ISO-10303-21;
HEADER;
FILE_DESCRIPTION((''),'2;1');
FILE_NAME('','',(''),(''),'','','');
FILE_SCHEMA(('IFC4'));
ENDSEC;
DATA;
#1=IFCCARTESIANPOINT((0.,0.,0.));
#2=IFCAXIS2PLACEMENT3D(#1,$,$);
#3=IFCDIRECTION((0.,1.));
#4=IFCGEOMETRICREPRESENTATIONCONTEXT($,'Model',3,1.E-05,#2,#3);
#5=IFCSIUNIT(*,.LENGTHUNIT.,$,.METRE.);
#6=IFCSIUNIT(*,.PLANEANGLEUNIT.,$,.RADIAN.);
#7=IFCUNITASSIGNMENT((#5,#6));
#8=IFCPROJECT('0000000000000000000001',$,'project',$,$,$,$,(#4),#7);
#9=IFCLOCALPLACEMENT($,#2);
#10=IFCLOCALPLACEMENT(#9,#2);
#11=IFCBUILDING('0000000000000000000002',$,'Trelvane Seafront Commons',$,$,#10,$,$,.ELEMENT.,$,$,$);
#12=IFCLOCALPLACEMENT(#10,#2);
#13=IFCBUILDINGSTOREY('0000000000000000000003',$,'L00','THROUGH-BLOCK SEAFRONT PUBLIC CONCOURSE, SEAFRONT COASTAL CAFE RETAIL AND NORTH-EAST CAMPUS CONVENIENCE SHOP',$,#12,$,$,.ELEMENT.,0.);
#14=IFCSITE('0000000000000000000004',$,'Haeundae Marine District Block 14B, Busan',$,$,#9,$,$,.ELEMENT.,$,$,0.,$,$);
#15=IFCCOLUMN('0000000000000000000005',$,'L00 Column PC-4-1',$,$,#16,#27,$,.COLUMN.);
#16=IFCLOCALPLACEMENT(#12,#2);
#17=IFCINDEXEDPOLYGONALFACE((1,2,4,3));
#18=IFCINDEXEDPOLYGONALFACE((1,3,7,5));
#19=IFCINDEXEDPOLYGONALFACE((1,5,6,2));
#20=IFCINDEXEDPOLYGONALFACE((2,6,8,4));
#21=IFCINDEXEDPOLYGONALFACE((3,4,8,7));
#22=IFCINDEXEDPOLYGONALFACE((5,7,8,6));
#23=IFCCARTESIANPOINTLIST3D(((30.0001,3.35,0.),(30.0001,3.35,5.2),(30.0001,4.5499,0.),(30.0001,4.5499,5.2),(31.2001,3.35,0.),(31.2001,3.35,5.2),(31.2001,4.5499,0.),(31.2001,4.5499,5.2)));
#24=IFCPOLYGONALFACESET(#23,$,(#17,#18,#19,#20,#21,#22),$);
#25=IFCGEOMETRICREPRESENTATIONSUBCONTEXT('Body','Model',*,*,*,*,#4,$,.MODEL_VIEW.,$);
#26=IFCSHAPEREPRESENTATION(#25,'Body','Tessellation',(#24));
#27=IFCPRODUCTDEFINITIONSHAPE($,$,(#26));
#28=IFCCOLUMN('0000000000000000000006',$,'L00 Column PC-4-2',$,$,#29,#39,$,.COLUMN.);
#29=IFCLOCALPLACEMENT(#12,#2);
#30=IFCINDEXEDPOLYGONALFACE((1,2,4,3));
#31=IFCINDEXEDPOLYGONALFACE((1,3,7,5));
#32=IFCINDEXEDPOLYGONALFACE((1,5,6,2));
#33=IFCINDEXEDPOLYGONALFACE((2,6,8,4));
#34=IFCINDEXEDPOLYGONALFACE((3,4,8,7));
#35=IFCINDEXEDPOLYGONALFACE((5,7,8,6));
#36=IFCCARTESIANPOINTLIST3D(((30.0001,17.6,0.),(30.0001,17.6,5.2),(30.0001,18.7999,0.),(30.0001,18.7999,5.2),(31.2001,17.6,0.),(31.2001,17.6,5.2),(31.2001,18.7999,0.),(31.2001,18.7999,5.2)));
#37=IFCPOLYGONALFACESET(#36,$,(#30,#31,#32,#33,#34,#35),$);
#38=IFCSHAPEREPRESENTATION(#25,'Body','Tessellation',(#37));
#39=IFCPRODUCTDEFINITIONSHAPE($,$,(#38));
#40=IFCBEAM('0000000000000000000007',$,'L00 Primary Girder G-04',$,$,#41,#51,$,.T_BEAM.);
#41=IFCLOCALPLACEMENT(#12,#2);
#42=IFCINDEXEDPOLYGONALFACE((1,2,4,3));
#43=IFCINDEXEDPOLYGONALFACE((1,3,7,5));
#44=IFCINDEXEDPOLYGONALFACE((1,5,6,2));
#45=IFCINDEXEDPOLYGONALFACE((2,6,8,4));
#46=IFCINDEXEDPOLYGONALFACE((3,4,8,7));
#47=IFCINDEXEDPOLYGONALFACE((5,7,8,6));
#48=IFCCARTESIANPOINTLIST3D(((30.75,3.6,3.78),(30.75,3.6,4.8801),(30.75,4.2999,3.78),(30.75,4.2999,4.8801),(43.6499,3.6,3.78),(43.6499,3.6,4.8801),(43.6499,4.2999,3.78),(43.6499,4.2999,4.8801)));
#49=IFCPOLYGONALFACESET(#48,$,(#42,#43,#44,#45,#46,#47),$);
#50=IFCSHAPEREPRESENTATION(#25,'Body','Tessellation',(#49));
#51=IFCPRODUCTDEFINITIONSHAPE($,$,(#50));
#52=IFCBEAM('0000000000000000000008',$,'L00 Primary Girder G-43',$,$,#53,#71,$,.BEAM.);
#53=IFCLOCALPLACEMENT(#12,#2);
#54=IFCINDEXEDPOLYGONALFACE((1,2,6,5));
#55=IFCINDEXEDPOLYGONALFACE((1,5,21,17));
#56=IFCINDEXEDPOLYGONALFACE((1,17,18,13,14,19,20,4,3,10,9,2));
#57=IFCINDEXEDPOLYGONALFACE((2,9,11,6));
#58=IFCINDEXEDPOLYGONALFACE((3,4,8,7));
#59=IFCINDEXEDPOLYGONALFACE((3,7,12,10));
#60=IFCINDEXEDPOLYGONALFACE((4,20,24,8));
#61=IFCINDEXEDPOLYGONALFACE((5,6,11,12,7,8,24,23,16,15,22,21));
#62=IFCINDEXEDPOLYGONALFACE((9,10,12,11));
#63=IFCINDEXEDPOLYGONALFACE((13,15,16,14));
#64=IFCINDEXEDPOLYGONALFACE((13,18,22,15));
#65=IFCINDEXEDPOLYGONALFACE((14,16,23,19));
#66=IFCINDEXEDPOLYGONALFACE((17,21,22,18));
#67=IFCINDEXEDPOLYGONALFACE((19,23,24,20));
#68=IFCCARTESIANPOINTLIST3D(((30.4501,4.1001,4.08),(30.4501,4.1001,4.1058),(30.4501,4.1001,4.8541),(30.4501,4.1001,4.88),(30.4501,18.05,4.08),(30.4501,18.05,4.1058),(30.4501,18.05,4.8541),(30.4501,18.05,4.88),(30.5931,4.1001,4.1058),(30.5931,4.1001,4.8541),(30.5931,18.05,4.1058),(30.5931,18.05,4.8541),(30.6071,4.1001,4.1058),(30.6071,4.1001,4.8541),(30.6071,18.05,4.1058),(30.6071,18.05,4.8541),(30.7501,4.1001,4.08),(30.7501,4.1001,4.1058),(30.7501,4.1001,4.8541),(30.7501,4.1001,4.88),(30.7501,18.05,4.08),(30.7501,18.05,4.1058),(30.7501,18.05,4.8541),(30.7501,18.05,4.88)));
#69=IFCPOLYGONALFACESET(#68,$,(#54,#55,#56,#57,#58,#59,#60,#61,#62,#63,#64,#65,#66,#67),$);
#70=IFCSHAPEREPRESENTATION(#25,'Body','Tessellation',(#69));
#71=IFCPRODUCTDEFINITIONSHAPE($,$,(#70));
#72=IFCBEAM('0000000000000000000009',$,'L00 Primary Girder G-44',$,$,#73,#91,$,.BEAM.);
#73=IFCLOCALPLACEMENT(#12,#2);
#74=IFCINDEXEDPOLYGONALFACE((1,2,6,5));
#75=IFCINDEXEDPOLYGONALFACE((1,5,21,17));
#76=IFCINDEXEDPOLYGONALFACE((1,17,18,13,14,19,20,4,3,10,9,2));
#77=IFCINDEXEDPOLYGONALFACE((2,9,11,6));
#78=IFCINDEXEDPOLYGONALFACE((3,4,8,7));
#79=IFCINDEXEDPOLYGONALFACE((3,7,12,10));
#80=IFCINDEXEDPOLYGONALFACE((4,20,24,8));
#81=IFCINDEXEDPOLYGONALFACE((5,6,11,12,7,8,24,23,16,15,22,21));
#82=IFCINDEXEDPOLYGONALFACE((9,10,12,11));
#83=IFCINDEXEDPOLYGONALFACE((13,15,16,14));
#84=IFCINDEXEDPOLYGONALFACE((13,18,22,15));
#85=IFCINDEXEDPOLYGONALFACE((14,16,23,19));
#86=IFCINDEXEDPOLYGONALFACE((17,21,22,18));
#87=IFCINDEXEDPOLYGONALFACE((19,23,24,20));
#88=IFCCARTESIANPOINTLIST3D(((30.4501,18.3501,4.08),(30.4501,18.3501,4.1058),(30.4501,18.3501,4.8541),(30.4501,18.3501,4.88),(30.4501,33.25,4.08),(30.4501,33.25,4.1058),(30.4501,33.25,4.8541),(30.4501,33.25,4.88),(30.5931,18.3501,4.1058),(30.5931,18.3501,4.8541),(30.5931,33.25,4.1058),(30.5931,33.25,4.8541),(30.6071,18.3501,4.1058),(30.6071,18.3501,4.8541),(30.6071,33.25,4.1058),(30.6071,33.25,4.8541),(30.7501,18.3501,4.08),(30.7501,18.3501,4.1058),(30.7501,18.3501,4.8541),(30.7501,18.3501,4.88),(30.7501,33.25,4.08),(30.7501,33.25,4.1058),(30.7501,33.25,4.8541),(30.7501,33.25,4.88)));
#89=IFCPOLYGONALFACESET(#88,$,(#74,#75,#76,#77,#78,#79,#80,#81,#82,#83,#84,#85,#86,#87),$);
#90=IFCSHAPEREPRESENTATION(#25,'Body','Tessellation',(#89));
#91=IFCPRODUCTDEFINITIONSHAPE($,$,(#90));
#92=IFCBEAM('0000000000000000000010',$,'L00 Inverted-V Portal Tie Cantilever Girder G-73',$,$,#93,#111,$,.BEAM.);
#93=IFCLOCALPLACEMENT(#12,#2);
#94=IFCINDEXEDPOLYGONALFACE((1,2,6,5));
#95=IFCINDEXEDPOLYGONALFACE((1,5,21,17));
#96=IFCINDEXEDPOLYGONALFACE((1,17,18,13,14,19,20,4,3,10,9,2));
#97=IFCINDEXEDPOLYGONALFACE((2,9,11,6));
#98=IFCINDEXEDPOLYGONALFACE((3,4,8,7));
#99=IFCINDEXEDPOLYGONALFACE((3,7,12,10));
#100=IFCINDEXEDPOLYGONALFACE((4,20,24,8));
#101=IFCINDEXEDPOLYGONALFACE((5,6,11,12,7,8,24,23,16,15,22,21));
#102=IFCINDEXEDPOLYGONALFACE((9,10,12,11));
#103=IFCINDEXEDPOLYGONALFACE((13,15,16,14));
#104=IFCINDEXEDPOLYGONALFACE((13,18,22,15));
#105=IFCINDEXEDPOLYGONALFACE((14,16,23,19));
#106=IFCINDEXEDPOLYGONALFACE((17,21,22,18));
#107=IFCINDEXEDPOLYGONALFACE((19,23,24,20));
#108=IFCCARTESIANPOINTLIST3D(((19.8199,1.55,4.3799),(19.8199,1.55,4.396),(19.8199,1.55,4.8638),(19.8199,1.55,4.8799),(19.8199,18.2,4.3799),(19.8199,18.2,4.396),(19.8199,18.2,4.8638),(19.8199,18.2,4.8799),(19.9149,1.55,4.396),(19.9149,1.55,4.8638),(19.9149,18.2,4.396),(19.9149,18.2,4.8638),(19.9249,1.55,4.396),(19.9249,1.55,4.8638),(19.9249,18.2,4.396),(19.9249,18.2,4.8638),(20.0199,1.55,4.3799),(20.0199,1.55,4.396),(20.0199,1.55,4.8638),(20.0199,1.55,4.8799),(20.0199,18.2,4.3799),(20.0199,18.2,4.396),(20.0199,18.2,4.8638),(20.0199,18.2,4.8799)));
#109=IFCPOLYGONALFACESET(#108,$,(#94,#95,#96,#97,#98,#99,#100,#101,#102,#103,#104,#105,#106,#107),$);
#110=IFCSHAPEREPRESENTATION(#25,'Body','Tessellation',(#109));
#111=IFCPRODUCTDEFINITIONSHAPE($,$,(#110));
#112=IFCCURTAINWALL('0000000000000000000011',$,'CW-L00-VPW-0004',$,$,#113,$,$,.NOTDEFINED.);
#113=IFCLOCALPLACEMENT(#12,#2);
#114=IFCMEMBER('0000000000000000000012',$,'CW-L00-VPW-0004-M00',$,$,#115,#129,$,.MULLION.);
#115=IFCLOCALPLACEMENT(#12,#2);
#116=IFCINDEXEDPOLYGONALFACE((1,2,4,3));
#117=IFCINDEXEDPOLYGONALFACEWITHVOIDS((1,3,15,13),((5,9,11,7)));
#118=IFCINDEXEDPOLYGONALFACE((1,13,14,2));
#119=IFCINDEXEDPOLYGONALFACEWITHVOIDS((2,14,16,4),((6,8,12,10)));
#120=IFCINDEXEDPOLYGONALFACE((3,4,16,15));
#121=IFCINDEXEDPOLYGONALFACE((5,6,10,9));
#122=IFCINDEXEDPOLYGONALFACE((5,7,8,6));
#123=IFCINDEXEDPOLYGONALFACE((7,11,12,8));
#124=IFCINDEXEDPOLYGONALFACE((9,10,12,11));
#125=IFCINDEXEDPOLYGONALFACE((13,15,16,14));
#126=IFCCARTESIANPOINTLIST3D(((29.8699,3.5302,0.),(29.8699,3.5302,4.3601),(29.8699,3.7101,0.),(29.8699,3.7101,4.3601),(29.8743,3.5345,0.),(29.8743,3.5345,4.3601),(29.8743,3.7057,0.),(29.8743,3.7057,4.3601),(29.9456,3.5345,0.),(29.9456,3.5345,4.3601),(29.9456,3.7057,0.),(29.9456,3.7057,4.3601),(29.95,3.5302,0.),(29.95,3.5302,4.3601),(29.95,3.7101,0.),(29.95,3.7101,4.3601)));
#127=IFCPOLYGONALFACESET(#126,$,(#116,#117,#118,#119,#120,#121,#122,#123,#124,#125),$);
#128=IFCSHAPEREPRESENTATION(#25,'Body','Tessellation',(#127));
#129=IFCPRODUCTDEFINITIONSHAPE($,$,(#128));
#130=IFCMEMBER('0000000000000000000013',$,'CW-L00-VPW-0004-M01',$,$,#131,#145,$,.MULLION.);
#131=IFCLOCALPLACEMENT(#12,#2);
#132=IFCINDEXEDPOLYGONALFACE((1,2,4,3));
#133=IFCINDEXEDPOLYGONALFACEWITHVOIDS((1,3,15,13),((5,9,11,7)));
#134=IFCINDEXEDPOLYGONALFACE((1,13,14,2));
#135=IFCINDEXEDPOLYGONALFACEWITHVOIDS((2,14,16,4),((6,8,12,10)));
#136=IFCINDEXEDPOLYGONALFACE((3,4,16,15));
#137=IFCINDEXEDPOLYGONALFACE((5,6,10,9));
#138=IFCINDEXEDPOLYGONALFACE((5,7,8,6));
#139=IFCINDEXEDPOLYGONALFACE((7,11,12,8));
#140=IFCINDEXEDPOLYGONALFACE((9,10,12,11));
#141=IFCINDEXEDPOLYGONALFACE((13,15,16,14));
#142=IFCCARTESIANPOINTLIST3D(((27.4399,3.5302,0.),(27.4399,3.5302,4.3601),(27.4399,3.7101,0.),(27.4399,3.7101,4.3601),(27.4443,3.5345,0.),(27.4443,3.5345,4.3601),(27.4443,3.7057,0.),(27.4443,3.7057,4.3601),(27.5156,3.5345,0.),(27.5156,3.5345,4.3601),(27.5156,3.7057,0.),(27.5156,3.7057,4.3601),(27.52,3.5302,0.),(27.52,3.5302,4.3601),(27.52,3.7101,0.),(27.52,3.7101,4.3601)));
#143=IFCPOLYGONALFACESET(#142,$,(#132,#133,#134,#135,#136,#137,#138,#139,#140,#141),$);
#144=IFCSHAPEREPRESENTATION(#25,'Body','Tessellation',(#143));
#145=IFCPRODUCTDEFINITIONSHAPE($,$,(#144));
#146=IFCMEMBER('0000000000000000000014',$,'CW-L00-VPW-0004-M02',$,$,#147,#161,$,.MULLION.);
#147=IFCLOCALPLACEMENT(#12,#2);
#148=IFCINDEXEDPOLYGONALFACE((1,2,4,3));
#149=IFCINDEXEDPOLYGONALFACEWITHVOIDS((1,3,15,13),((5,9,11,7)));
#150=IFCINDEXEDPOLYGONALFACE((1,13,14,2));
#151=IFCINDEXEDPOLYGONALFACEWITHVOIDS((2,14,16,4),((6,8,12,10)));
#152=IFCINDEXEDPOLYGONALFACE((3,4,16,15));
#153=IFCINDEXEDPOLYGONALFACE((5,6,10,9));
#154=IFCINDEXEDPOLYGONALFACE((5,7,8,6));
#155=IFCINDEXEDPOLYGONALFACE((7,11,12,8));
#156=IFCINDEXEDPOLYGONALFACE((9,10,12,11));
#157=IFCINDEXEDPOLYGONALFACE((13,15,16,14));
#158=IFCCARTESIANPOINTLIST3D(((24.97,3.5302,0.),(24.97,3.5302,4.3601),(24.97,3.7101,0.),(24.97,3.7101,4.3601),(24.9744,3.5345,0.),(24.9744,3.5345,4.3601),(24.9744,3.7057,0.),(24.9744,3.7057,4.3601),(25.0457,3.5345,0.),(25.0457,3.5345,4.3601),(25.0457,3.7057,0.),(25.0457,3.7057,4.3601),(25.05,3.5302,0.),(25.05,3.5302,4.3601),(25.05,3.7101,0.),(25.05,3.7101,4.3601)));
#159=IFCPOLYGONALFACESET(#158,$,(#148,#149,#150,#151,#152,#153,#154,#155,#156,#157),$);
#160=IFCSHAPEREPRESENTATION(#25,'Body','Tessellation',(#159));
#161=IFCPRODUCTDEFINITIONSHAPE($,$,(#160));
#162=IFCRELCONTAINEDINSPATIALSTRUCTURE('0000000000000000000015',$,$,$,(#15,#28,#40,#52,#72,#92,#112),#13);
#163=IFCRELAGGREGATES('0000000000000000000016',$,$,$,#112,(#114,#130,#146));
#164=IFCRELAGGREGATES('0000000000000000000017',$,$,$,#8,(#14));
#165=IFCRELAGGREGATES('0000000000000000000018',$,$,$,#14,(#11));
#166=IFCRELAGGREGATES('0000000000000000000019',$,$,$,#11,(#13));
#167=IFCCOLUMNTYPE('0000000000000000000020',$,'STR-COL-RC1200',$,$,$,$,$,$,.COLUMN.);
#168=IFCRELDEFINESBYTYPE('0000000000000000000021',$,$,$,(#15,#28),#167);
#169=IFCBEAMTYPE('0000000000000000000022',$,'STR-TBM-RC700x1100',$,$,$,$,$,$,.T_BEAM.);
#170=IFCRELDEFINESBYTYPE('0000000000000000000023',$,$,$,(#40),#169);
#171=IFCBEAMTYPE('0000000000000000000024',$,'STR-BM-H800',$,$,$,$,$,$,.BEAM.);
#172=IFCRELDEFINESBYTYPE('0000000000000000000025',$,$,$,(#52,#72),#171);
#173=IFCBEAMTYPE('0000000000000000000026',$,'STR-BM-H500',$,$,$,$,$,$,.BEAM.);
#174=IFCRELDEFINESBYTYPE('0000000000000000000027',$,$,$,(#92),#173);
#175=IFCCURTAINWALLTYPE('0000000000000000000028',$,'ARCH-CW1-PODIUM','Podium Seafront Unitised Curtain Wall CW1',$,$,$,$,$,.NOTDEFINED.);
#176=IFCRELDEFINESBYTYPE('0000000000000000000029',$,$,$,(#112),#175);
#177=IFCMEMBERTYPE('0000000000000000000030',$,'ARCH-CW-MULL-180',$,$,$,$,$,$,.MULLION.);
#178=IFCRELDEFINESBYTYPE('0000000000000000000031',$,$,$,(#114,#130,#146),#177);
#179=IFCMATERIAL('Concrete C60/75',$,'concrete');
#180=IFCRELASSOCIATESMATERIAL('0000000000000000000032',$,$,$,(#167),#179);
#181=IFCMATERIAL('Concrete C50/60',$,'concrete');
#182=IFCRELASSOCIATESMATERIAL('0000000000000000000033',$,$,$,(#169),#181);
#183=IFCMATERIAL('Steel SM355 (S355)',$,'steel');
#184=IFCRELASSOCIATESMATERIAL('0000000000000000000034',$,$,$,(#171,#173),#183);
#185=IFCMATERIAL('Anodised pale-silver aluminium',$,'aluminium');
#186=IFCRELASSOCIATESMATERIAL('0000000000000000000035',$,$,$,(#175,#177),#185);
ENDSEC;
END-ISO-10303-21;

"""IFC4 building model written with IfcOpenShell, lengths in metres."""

from ifc_helpers import new_model, si_unit, direction, frame, origin, origin_2d, place, context, subcontext, project, spatial, rectangle, hollow_rectangle, i_section, extrude, source, transform, mapped, material, material_profile, profile_set, type_object, element, aggregate, save


model = new_model("IFC4")

# Units and contexts
model_context = context("Model", 3, precision=1e-05, world=origin(), true_north=direction((0.0, 1.0)))
body_context = subcontext(model_context, "Body", "Model", "MODEL_VIEW")
ifc_project = project(units=[si_unit("LENGTHUNIT", "METRE"), si_unit("PLANEANGLEUNIT", "RADIAN")], contexts=[model_context])

# Site, building, storey
site_placement = place(None, origin())
site = spatial("IfcSite", under=ifc_project, at=site_placement, Name="Haeundae Marine District Block 14B, Busan", CompositionType="ELEMENT", RefElevation=0.0)
building_placement = place(site_placement, origin())
building = spatial("IfcBuilding", under=site, at=building_placement, Name="Trelvane Seafront Commons", CompositionType="ELEMENT")
storey_placement = place(building_placement, origin())
storey = spatial("IfcBuildingStorey", under=building, at=storey_placement, Name="L00", Description="THROUGH-BLOCK SEAFRONT PUBLIC CONCOURSE, SEAFRONT COASTAL CAFE RETAIL AND NORTH-EAST CAMPUS CONVENIENCE SHOP", CompositionType="ELEMENT", Elevation=0.0)

# Columns
ifc_material_1 = material(Name="Concrete C60/75", Category="concrete")
ifc_material_profile_1 = material_profile(ifc_material_1, rectangle(XDim=1.2, YDim=1.2, at=origin_2d()), Name="RC-1200x1200")
ifc_profile_set_1 = profile_set([ifc_material_profile_1], Name="Concrete C60/75")
column_type = type_object("IfcColumnType", Name="STR-COL-RC1200", PredefinedType="COLUMN", material=ifc_profile_set_1)
shared_shape_1 = source(origin(), body_context, "Body", "SweptSolid", [
    extrude(rectangle(XDim=1.2, YDim=1.2, at=origin_2d()), origin(), (0.0, 0.0, 1.0), 5.2),
])
for number, where, z_axis, x_axis, name in (
    (1, (30.6001, 3.95, 0.0), (0.0, 0.0, 1.0), (1.0, 0.0, 0.0), "L00 Column PC-4-1"),
    (2, (30.6001, 18.2, 0.0), (0.0, 0.0, 1.0), (1.0, 0.0, 0.0), "L00 Column PC-4-2"),
):
    element("IfcColumn", number, at=place(storey_placement, frame(where, z_axis=z_axis, x_axis=x_axis)), inside=storey, type_object=column_type, Name=name, PredefinedType="COLUMN", context=body_context, shape_type="MappedRepresentation", body=[
        mapped(shared_shape_1, transform((0.0, 0.0, 0.0), x_axis=(1.0, 0.0, 0.0), y_axis=(0.0, 1.0, 0.0), z_axis=(0.0, 0.0, 1.0), scale=1.0)),
    ])

# Beams
ifc_material_2 = material(Name="Concrete C50/60", Category="concrete")
ifc_material_profile_2 = material_profile(ifc_material_2, rectangle(XDim=0.7, YDim=1.1001, at=origin_2d()), Name="RC-700x1100")
ifc_profile_set_2 = profile_set([ifc_material_profile_2], Name="Concrete C50/60")
beam_type_1 = type_object("IfcBeamType", Name="STR-TBM-RC700x1100", PredefinedType="T_BEAM", material=ifc_profile_set_2)
shared_shape_2 = source(origin(), body_context, "Body", "SweptSolid", [
    extrude(rectangle(XDim=0.7, YDim=1.1001, at=origin_2d()), origin(), (0.0, 0.0, 1.0), 12.8999),
])
beam_1_placement = place(storey_placement, frame((30.75, 3.95, 4.3301), z_axis=(1.0, 0.0, 0.0), x_axis=(0.0, 1.0, 0.0)))
element("IfcBeam", 3, at=beam_1_placement, inside=storey, type_object=beam_type_1, Name="L00 Primary Girder G-04", PredefinedType="T_BEAM", context=body_context, shape_type="MappedRepresentation", body=[
    mapped(shared_shape_2, transform((0.0, 0.0, 0.0), x_axis=(1.0, 0.0, 0.0), y_axis=(0.0, 1.0, 0.0), z_axis=(0.0, 0.0, 1.0), scale=1.0)),
])
ifc_material_3 = material(Name="Steel SM355 (S355)", Category="steel")
ifc_material_profile_3 = material_profile(ifc_material_3, i_section(OverallWidth=0.3, OverallDepth=0.8, WebThickness=0.0139, FlangeThickness=0.0259, at=origin_2d()), Name="H-800x300x14x26")
ifc_profile_set_3 = profile_set([ifc_material_profile_3], Name="Steel SM355 (S355)")
beam_type_2 = type_object("IfcBeamType", Name="STR-BM-H800", PredefinedType="BEAM", material=ifc_profile_set_3)
shared_shape_3 = source(origin(), body_context, "Body", "SweptSolid", [
    extrude(i_section(OverallWidth=0.3, OverallDepth=0.8, WebThickness=0.0139, FlangeThickness=0.0259, at=origin_2d()), origin(), (0.0, 0.0, 1.0), 13.95),
])
beam_2_placement = place(storey_placement, frame((30.6001, 4.1001, 4.48), z_axis=(0.0, 1.0, 0.0), x_axis=(-1.0, 0.0, 0.0)))
element("IfcBeam", 4, at=beam_2_placement, inside=storey, type_object=beam_type_2, Name="L00 Primary Girder G-43", PredefinedType="BEAM", context=body_context, shape_type="MappedRepresentation", body=[
    mapped(shared_shape_3, transform((0.0, 0.0, 0.0), x_axis=(1.0, 0.0, 0.0), y_axis=(0.0, 1.0, 0.0), z_axis=(0.0, 0.0, 1.0), scale=1.0)),
])
shared_shape_4 = source(origin(), body_context, "Body", "SweptSolid", [
    extrude(i_section(OverallWidth=0.3, OverallDepth=0.8, WebThickness=0.0139, FlangeThickness=0.0259, at=origin_2d()), origin(), (0.0, 0.0, 1.0), 14.8999),
])
beam_3_placement = place(storey_placement, frame((30.6001, 18.3501, 4.48), z_axis=(0.0, 1.0, 0.0), x_axis=(-1.0, 0.0, 0.0)))
element("IfcBeam", 5, at=beam_3_placement, inside=storey, type_object=beam_type_2, Name="L00 Primary Girder G-44", PredefinedType="BEAM", context=body_context, shape_type="MappedRepresentation", body=[
    mapped(shared_shape_4, transform((0.0, 0.0, 0.0), x_axis=(1.0, 0.0, 0.0), y_axis=(0.0, 1.0, 0.0), z_axis=(0.0, 0.0, 1.0), scale=1.0)),
])
ifc_material_profile_4 = material_profile(ifc_material_3, i_section(OverallWidth=0.2, OverallDepth=0.5, WebThickness=0.01, FlangeThickness=0.0161, at=origin_2d()), Name="H-500x200x10x16")
ifc_profile_set_4 = profile_set([ifc_material_profile_4], Name="Steel SM355 (S355)")
beam_type_3 = type_object("IfcBeamType", Name="STR-BM-H500", PredefinedType="BEAM", material=ifc_profile_set_4)
shared_shape_5 = source(origin(), body_context, "Body", "SweptSolid", [
    extrude(i_section(OverallWidth=0.2, OverallDepth=0.5, WebThickness=0.01, FlangeThickness=0.0161, at=origin_2d()), origin(), (0.0, 0.0, 1.0), 16.6499),
])
beam_4_placement = place(storey_placement, frame((19.9199, 18.2, 4.6299), z_axis=(0.0, -1.0, 0.0), x_axis=(1.0, 0.0, 0.0)))
element("IfcBeam", 6, at=beam_4_placement, inside=storey, type_object=beam_type_3, Name="L00 Inverted-V Portal Tie Cantilever Girder G-73", PredefinedType="BEAM", context=body_context, shape_type="MappedRepresentation", body=[
    mapped(shared_shape_5, transform((0.0, 0.0, 0.0), x_axis=(1.0, 0.0, 0.0), y_axis=(0.0, 1.0, 0.0), z_axis=(0.0, 0.0, 1.0), scale=1.0)),
])

# Curtain wall, members
ifc_material_4 = material(Name="Anodised pale-silver aluminium", Category="aluminium")
curtain_wall_type = type_object("IfcCurtainWallType", Name="ARCH-CW1-PODIUM", Description="Podium Seafront Unitised Curtain Wall CW1", PredefinedType="NOTDEFINED", material=ifc_material_4)
curtain_wall_placement = place(storey_placement, origin())
curtain_wall = element("IfcCurtainWall", 7, at=curtain_wall_placement, inside=storey, type_object=curtain_wall_type, Name="CW-L00-VPW-0004", PredefinedType="NOTDEFINED")
ifc_material_profile_5 = material_profile(ifc_material_4, hollow_rectangle(XDim=0.0801, YDim=0.1799, WallThickness=0.0044, at=origin_2d()), Name="MULL-80x180x4.5")
ifc_profile_set_5 = profile_set([ifc_material_profile_5], Name="Anodised pale-silver aluminium")
member_type_1 = type_object("IfcMemberType", Name="ARCH-CW-MULL-180", PredefinedType="MULLION", material=ifc_profile_set_5)
shared_shape_6 = source(origin(), body_context, "Body", "SweptSolid", [
    extrude(hollow_rectangle(XDim=0.0801, YDim=0.1799, WallThickness=0.0044, at=origin_2d()), origin(), (0.0, 0.0, 1.0), 4.3601),
])
member_1_placement = place(storey_placement, frame((29.9099, 3.6201, 0.0), z_axis=(0.0, 0.0, 1.0), x_axis=(1.0, 0.0, 0.0)))
member_1 = element("IfcMember", 8, at=member_1_placement, type_object=member_type_1, Name="CW-L00-VPW-0004-M00", PredefinedType="MULLION", context=body_context, shape_type="MappedRepresentation", body=[
    mapped(shared_shape_6, transform((0.0, 0.0, 0.0), x_axis=(1.0, 0.0, 0.0), y_axis=(0.0, 1.0, 0.0), z_axis=(0.0, 0.0, 1.0), scale=1.0)),
])
member_2_placement = place(storey_placement, frame((27.48, 3.6201, 0.0), z_axis=(0.0, 0.0, 1.0), x_axis=(1.0, 0.0, 0.0)))
member_2 = element("IfcMember", 9, at=member_2_placement, type_object=member_type_1, Name="CW-L00-VPW-0004-M01", PredefinedType="MULLION", context=body_context, shape_type="MappedRepresentation", body=[
    mapped(shared_shape_6, transform((0.0, 0.0, 0.0), x_axis=(1.0, 0.0, 0.0), y_axis=(0.0, 1.0, 0.0), z_axis=(0.0, 0.0, 1.0), scale=1.0)),
])
member_3_placement = place(storey_placement, frame((25.01, 3.6201, 0.0), z_axis=(0.0, 0.0, 1.0), x_axis=(1.0, 0.0, 0.0)))
member_3 = element("IfcMember", 10, at=member_3_placement, type_object=member_type_1, Name="CW-L00-VPW-0004-M02", PredefinedType="MULLION", context=body_context, shape_type="MappedRepresentation", body=[
    mapped(shared_shape_6, transform((0.0, 0.0, 0.0), x_axis=(1.0, 0.0, 0.0), y_axis=(0.0, 1.0, 0.0), z_axis=(0.0, 0.0, 1.0), scale=1.0)),
])

aggregate(curtain_wall, [member_1, member_2, member_3])

save(model, "model.ifc")
